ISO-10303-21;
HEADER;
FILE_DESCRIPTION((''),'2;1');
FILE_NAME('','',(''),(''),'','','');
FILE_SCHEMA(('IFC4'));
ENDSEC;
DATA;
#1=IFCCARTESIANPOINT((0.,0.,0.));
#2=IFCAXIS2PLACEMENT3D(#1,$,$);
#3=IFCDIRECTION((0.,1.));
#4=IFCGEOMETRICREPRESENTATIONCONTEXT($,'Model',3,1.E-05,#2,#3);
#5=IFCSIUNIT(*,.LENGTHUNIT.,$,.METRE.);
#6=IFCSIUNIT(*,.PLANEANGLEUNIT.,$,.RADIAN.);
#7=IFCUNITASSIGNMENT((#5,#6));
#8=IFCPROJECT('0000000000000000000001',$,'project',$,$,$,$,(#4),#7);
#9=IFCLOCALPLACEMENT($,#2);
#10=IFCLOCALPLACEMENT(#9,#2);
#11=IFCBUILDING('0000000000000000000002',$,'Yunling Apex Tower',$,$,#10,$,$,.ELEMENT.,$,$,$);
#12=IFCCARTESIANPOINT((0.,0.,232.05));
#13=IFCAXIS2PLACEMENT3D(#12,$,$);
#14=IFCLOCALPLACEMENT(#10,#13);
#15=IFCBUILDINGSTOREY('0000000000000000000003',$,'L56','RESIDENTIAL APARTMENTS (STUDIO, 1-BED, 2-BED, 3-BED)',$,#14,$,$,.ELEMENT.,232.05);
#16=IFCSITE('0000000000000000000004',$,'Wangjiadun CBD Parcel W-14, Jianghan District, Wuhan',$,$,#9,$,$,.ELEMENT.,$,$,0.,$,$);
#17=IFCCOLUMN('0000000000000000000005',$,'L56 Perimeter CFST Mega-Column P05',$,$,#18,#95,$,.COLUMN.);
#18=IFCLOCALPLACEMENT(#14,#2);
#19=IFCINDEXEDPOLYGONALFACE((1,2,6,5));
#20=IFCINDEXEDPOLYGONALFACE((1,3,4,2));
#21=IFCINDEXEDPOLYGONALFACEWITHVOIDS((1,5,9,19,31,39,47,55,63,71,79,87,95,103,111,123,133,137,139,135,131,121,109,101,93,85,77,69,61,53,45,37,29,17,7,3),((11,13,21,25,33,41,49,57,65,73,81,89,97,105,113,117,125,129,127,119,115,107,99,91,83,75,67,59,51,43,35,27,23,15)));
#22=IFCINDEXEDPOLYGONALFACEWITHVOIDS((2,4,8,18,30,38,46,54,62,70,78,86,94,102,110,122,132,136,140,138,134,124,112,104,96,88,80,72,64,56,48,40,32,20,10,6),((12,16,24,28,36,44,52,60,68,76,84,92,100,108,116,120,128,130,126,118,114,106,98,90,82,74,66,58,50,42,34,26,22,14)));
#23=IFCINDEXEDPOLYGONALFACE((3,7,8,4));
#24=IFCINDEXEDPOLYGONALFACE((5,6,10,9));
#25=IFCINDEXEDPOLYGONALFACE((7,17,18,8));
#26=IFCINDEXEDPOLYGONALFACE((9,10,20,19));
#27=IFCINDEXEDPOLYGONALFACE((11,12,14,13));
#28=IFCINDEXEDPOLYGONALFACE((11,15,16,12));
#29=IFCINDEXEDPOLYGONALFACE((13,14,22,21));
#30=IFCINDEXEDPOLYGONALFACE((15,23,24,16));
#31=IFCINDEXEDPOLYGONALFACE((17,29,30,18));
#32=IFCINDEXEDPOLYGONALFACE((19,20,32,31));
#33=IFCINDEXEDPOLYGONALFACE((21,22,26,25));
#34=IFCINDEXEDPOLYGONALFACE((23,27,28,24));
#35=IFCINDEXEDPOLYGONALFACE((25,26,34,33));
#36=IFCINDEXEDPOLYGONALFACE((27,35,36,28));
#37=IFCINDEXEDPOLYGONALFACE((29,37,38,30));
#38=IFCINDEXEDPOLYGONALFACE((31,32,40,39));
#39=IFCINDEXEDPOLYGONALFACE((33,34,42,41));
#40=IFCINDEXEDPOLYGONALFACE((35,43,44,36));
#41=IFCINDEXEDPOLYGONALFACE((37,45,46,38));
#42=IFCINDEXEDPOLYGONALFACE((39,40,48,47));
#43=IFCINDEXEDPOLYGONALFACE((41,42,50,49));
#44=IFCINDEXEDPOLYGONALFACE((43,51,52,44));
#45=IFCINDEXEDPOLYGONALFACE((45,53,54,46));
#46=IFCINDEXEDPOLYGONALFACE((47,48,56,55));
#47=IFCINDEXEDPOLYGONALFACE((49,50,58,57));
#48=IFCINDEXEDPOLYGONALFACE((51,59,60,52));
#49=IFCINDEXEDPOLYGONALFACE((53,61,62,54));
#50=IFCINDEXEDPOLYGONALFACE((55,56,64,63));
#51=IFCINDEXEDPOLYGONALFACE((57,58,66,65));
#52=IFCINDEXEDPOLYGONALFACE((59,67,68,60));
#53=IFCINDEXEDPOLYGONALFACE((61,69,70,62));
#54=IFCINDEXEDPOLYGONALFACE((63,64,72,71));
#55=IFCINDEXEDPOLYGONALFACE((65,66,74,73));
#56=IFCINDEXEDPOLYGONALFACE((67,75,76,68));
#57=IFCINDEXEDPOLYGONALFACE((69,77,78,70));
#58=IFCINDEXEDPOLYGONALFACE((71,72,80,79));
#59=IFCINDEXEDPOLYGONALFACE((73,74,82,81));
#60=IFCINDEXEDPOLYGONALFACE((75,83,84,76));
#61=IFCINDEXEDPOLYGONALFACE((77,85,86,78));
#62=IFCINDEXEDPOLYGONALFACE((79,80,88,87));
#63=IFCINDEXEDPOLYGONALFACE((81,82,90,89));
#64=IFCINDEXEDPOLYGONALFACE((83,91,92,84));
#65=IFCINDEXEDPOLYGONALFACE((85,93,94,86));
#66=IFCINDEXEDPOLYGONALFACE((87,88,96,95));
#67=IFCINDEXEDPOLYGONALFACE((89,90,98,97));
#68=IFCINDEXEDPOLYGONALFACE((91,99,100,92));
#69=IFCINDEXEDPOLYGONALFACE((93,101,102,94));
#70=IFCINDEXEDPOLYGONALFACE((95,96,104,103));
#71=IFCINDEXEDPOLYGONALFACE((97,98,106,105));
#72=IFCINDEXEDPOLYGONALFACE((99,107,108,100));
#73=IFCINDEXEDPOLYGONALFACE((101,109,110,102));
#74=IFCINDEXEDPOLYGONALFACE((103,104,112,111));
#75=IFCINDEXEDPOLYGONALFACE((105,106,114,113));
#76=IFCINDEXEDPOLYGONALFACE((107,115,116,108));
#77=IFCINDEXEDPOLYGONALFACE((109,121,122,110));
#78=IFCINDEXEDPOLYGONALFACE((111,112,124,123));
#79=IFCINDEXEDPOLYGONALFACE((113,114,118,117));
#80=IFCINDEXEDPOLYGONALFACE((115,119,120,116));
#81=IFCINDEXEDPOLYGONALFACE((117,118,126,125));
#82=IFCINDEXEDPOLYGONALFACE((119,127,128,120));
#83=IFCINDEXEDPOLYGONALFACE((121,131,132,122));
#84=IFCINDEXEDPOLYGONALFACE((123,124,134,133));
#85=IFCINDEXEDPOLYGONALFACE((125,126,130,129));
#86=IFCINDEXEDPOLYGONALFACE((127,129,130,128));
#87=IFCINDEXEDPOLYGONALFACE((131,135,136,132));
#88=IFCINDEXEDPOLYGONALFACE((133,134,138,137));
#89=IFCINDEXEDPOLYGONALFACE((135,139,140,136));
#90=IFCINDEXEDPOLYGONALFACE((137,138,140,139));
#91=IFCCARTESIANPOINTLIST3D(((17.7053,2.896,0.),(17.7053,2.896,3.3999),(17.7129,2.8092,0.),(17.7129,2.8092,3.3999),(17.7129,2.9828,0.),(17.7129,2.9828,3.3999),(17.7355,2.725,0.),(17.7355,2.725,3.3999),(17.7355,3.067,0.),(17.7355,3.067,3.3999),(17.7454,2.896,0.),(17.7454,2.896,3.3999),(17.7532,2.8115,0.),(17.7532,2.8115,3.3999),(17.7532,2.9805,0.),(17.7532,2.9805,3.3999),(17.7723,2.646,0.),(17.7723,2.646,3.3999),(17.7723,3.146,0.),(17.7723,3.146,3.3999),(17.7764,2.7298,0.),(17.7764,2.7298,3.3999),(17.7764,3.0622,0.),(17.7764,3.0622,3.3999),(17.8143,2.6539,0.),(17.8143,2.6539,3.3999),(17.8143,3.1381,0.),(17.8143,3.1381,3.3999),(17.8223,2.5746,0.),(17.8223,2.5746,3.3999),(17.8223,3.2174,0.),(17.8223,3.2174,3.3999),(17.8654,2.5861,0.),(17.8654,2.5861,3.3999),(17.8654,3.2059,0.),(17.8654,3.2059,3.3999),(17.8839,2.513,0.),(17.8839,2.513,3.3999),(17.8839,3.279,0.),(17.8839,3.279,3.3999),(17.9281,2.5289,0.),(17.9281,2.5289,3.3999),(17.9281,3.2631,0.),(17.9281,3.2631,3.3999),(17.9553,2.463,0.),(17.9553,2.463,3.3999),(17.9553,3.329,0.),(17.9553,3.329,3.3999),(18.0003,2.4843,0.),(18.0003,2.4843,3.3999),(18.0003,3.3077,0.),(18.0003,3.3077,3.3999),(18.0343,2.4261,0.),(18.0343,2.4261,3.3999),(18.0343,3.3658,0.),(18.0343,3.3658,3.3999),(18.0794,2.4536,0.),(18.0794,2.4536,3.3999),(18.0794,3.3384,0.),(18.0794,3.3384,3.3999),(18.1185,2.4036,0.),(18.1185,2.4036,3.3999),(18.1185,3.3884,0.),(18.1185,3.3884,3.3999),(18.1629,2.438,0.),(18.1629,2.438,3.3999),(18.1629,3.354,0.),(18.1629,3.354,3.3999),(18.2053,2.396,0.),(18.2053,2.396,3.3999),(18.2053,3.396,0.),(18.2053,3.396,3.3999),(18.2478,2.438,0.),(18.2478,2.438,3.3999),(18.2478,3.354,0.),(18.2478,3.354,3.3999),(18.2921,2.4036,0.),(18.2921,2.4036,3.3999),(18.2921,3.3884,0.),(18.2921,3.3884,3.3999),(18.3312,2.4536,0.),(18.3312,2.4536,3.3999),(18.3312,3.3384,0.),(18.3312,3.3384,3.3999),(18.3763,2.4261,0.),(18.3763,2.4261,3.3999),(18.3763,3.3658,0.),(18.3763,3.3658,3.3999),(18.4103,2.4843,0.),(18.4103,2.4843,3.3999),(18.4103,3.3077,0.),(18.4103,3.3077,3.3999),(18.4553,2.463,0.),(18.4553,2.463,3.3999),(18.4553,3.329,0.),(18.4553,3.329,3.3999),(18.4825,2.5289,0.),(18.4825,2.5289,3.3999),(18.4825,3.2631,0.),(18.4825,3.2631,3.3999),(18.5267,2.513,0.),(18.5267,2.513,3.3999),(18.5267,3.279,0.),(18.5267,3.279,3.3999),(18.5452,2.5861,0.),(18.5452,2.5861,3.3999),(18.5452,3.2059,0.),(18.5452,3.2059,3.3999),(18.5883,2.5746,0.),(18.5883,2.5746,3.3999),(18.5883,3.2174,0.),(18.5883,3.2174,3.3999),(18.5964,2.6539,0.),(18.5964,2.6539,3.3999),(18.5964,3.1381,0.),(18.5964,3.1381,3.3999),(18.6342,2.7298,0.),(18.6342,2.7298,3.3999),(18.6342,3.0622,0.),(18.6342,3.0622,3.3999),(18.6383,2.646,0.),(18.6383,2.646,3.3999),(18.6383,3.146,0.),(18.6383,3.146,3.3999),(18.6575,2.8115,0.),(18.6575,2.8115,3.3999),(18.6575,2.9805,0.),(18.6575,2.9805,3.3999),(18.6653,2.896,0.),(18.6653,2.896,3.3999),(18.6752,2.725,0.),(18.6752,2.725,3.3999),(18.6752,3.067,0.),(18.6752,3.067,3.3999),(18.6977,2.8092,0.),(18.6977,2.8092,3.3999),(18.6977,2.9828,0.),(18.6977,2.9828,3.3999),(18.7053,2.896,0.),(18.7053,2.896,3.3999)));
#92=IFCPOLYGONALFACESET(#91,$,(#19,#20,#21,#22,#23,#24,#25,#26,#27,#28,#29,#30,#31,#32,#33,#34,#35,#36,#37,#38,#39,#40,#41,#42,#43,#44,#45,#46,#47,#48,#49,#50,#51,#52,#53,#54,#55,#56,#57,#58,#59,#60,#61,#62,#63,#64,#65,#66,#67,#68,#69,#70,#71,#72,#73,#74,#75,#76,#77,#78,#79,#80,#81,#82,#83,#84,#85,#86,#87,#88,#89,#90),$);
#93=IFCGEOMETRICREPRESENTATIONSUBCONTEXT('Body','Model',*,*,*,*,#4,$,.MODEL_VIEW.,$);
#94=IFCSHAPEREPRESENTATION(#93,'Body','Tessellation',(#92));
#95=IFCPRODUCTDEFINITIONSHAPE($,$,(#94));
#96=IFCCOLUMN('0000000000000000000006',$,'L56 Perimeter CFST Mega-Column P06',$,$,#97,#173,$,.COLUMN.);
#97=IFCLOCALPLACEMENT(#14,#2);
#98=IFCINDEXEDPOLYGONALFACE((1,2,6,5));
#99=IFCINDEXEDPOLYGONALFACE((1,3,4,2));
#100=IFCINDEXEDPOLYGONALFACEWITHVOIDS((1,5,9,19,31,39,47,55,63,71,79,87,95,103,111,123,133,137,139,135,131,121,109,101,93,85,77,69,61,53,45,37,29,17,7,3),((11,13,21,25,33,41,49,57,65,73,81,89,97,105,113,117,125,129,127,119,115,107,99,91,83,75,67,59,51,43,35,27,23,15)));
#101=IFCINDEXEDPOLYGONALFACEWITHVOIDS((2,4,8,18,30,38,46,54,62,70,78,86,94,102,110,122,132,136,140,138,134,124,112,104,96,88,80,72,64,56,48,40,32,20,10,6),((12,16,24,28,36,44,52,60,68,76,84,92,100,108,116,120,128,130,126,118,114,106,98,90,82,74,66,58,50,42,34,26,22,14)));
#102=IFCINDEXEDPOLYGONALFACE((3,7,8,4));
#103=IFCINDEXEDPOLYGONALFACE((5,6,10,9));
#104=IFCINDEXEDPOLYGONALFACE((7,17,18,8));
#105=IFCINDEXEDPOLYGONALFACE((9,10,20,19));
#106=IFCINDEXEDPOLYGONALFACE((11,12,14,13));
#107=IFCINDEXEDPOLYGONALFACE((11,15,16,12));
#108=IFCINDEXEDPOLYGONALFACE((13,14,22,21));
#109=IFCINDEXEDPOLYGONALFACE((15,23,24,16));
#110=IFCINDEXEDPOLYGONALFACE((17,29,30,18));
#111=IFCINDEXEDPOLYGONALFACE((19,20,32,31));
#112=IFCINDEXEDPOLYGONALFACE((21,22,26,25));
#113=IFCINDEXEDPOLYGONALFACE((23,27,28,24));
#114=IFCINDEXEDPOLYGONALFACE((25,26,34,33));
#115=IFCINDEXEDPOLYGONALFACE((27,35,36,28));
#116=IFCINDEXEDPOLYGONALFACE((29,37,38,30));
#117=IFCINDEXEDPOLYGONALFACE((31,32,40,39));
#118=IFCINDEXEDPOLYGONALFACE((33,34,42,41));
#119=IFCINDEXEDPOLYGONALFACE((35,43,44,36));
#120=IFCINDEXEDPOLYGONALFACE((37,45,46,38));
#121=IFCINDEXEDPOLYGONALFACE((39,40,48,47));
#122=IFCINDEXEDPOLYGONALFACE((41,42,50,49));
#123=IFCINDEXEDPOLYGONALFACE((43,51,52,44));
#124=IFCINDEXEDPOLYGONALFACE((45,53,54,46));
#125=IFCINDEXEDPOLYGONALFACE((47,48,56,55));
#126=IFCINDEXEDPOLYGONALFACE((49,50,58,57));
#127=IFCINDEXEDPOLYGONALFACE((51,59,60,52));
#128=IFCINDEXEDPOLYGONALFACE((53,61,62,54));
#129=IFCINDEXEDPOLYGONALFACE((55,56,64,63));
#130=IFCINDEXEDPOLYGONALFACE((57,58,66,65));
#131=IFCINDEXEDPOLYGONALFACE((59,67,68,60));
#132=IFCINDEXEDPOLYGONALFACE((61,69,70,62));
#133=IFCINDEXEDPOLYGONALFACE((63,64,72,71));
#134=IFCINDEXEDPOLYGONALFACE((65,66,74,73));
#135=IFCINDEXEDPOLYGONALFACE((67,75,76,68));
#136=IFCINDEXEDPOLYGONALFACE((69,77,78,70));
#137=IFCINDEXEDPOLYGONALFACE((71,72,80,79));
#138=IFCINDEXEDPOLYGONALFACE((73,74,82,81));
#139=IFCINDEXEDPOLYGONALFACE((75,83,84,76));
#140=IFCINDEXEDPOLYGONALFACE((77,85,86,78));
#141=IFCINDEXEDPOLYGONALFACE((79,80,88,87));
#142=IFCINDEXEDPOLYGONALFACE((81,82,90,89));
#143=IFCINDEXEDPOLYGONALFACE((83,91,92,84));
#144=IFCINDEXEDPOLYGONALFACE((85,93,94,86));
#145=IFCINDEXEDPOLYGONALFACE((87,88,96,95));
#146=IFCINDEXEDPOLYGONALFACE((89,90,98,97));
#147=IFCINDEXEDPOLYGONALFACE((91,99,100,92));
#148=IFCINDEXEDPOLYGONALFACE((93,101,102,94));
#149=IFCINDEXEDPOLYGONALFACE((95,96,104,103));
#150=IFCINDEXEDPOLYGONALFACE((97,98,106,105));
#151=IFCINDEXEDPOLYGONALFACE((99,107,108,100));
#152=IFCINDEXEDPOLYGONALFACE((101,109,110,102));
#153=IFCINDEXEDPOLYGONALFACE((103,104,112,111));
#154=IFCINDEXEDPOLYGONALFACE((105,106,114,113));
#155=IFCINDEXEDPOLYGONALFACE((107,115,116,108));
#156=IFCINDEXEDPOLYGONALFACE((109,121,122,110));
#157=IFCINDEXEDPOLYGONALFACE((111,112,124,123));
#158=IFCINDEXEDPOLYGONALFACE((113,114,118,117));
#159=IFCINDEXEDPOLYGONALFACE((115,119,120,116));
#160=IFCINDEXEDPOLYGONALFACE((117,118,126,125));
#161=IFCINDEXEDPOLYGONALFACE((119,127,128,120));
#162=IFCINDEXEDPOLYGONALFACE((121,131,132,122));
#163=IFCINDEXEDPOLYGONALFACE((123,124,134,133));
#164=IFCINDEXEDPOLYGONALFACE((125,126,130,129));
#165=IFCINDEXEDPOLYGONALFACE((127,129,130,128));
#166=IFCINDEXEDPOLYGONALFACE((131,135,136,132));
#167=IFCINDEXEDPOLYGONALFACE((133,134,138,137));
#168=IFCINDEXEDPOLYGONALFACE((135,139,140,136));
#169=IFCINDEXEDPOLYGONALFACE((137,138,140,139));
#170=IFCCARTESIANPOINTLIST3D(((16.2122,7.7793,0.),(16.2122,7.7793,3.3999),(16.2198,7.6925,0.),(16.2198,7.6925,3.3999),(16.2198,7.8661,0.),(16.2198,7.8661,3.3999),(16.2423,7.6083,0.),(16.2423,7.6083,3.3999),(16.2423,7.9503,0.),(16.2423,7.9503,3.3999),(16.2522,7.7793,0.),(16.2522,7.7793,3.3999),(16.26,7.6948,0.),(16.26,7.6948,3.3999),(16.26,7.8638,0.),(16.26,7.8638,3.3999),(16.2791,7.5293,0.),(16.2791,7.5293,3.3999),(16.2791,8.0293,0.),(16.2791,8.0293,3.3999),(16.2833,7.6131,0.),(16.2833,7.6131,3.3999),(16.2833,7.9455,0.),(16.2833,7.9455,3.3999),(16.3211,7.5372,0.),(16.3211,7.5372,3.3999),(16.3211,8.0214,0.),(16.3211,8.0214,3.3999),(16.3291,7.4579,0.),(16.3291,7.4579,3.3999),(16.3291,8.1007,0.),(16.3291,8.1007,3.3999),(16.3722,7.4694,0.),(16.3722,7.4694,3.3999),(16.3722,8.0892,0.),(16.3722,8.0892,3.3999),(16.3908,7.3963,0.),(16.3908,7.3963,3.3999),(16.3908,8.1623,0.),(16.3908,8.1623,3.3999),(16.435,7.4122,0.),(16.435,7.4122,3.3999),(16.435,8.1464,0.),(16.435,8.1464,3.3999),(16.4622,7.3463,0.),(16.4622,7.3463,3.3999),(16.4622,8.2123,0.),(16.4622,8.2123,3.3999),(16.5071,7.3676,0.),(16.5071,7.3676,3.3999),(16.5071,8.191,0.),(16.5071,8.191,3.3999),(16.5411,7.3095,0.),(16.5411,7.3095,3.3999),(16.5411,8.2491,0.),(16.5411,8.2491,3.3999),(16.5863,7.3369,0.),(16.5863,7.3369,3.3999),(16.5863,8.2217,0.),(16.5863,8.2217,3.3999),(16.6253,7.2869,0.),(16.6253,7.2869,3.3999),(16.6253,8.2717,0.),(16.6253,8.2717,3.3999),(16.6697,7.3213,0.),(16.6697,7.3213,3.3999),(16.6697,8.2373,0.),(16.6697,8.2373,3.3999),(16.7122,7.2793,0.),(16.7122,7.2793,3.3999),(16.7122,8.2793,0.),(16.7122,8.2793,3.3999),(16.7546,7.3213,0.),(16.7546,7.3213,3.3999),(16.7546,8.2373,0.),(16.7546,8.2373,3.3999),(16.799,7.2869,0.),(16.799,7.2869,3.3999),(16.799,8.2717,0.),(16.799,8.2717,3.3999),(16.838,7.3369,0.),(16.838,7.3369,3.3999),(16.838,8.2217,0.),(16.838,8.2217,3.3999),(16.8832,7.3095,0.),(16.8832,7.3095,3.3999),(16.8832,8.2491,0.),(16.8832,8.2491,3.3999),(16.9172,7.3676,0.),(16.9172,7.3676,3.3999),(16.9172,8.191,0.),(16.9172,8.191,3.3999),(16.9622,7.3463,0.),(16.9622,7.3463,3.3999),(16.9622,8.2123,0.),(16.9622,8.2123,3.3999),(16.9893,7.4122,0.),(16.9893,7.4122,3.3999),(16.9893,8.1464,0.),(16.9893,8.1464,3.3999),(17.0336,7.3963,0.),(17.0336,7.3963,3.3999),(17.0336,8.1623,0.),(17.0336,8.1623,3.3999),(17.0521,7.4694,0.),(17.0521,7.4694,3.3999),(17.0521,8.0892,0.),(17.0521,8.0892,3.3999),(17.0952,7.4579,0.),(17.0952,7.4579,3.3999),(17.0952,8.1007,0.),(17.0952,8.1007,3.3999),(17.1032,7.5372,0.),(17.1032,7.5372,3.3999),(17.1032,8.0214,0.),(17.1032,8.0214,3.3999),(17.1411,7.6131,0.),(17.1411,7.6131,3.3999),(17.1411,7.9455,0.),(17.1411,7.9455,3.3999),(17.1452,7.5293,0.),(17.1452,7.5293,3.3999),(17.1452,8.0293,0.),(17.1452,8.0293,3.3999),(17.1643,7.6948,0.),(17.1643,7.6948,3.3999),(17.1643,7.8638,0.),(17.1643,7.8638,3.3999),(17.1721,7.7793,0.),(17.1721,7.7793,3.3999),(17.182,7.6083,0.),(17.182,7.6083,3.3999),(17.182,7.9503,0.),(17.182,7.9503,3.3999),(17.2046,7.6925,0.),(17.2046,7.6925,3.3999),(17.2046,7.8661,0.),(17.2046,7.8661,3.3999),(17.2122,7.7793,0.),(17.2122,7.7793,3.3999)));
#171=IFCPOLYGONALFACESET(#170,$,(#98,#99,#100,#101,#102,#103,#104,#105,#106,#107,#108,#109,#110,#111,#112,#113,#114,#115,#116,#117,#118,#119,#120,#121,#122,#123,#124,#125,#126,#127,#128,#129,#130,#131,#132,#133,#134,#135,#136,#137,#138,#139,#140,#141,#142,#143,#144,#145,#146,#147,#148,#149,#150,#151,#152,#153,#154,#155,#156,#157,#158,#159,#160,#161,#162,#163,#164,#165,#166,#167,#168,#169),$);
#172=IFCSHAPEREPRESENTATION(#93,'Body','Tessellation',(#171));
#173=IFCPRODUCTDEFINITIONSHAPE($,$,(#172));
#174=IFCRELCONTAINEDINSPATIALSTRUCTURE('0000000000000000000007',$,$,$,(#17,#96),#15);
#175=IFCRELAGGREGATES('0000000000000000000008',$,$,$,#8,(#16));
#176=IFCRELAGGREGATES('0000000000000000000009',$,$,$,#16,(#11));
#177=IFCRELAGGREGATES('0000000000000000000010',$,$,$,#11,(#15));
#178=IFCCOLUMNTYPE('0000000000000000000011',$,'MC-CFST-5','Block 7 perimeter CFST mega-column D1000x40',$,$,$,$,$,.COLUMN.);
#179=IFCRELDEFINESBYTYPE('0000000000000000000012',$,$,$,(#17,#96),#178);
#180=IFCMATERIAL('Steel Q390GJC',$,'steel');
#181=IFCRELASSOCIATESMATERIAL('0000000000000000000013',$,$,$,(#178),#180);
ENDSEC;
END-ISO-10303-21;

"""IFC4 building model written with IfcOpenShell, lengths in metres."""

from ifc_helpers import new_model, si_unit, direction, frame, origin, origin_2d, place, context, subcontext, project, spatial, hollow_circle, extrude, source, transform, mapped, material, material_profile, profile_set, type_object, element, save


model = new_model("IFC4")

# Units and contexts
model_context = context("Model", 3, precision=1e-05, world=origin(), true_north=direction((0.0, 1.0)))
body_context = subcontext(model_context, "Body", "Model", "MODEL_VIEW")
ifc_project = project(units=[si_unit("LENGTHUNIT", "METRE"), si_unit("PLANEANGLEUNIT", "RADIAN")], contexts=[model_context])

# Site, building, storey
site_placement = place(None, origin())
site = spatial("IfcSite", under=ifc_project, at=site_placement, Name="Wangjiadun CBD Parcel W-14, Jianghan District, Wuhan", CompositionType="ELEMENT", RefElevation=0.0)
building_placement = place(site_placement, origin())
building = spatial("IfcBuilding", under=site, at=building_placement, Name="Yunling Apex Tower", CompositionType="ELEMENT")
storey_placement = place(building_placement, frame((0.0, 0.0, 232.05)))
storey = spatial("IfcBuildingStorey", under=building, at=storey_placement, Name="L56", Description="RESIDENTIAL APARTMENTS (STUDIO, 1-BED, 2-BED, 3-BED)", CompositionType="ELEMENT", Elevation=232.05)

# Columns
ifc_material_1 = material(Name="Steel Q390GJC", Category="steel")
ifc_material_profile_1 = material_profile(ifc_material_1, hollow_circle(Radius=0.5, WallThickness=0.04, at=origin_2d()))
ifc_profile_set_1 = profile_set([ifc_material_profile_1], Name="Steel Q390GJC")
column_type = type_object("IfcColumnType", Name="MC-CFST-5", Description="Block 7 perimeter CFST mega-column D1000x40", PredefinedType="COLUMN", material=ifc_profile_set_1)
shared_shape_1 = source(origin(), body_context, "Body", "SweptSolid", [
    extrude(hollow_circle(Radius=0.5, WallThickness=0.04, at=origin_2d()), origin(), (0.0, 0.0, 1.0), 3.3999),
])
for number, where, z_axis, x_axis, name in (
    (1, (18.2053, 2.896, 0.0), (0.0, 0.0, 1.0), (1.0, 0.0, 0.0), "L56 Perimeter CFST Mega-Column P05"),
    (2, (16.7122, 7.7793, 0.0), (0.0, 0.0, 1.0), (1.0, 0.0, 0.0), "L56 Perimeter CFST Mega-Column P06"),
):
    element("IfcColumn", number, at=place(storey_placement, frame(where, z_axis=z_axis, x_axis=x_axis)), inside=storey, type_object=column_type, Name=name, PredefinedType="COLUMN", context=body_context, shape_type="MappedRepresentation", body=[
        mapped(shared_shape_1, transform((0.0, 0.0, 0.0), scale=1.0)),
    ])

save(model, "model.ifc")
